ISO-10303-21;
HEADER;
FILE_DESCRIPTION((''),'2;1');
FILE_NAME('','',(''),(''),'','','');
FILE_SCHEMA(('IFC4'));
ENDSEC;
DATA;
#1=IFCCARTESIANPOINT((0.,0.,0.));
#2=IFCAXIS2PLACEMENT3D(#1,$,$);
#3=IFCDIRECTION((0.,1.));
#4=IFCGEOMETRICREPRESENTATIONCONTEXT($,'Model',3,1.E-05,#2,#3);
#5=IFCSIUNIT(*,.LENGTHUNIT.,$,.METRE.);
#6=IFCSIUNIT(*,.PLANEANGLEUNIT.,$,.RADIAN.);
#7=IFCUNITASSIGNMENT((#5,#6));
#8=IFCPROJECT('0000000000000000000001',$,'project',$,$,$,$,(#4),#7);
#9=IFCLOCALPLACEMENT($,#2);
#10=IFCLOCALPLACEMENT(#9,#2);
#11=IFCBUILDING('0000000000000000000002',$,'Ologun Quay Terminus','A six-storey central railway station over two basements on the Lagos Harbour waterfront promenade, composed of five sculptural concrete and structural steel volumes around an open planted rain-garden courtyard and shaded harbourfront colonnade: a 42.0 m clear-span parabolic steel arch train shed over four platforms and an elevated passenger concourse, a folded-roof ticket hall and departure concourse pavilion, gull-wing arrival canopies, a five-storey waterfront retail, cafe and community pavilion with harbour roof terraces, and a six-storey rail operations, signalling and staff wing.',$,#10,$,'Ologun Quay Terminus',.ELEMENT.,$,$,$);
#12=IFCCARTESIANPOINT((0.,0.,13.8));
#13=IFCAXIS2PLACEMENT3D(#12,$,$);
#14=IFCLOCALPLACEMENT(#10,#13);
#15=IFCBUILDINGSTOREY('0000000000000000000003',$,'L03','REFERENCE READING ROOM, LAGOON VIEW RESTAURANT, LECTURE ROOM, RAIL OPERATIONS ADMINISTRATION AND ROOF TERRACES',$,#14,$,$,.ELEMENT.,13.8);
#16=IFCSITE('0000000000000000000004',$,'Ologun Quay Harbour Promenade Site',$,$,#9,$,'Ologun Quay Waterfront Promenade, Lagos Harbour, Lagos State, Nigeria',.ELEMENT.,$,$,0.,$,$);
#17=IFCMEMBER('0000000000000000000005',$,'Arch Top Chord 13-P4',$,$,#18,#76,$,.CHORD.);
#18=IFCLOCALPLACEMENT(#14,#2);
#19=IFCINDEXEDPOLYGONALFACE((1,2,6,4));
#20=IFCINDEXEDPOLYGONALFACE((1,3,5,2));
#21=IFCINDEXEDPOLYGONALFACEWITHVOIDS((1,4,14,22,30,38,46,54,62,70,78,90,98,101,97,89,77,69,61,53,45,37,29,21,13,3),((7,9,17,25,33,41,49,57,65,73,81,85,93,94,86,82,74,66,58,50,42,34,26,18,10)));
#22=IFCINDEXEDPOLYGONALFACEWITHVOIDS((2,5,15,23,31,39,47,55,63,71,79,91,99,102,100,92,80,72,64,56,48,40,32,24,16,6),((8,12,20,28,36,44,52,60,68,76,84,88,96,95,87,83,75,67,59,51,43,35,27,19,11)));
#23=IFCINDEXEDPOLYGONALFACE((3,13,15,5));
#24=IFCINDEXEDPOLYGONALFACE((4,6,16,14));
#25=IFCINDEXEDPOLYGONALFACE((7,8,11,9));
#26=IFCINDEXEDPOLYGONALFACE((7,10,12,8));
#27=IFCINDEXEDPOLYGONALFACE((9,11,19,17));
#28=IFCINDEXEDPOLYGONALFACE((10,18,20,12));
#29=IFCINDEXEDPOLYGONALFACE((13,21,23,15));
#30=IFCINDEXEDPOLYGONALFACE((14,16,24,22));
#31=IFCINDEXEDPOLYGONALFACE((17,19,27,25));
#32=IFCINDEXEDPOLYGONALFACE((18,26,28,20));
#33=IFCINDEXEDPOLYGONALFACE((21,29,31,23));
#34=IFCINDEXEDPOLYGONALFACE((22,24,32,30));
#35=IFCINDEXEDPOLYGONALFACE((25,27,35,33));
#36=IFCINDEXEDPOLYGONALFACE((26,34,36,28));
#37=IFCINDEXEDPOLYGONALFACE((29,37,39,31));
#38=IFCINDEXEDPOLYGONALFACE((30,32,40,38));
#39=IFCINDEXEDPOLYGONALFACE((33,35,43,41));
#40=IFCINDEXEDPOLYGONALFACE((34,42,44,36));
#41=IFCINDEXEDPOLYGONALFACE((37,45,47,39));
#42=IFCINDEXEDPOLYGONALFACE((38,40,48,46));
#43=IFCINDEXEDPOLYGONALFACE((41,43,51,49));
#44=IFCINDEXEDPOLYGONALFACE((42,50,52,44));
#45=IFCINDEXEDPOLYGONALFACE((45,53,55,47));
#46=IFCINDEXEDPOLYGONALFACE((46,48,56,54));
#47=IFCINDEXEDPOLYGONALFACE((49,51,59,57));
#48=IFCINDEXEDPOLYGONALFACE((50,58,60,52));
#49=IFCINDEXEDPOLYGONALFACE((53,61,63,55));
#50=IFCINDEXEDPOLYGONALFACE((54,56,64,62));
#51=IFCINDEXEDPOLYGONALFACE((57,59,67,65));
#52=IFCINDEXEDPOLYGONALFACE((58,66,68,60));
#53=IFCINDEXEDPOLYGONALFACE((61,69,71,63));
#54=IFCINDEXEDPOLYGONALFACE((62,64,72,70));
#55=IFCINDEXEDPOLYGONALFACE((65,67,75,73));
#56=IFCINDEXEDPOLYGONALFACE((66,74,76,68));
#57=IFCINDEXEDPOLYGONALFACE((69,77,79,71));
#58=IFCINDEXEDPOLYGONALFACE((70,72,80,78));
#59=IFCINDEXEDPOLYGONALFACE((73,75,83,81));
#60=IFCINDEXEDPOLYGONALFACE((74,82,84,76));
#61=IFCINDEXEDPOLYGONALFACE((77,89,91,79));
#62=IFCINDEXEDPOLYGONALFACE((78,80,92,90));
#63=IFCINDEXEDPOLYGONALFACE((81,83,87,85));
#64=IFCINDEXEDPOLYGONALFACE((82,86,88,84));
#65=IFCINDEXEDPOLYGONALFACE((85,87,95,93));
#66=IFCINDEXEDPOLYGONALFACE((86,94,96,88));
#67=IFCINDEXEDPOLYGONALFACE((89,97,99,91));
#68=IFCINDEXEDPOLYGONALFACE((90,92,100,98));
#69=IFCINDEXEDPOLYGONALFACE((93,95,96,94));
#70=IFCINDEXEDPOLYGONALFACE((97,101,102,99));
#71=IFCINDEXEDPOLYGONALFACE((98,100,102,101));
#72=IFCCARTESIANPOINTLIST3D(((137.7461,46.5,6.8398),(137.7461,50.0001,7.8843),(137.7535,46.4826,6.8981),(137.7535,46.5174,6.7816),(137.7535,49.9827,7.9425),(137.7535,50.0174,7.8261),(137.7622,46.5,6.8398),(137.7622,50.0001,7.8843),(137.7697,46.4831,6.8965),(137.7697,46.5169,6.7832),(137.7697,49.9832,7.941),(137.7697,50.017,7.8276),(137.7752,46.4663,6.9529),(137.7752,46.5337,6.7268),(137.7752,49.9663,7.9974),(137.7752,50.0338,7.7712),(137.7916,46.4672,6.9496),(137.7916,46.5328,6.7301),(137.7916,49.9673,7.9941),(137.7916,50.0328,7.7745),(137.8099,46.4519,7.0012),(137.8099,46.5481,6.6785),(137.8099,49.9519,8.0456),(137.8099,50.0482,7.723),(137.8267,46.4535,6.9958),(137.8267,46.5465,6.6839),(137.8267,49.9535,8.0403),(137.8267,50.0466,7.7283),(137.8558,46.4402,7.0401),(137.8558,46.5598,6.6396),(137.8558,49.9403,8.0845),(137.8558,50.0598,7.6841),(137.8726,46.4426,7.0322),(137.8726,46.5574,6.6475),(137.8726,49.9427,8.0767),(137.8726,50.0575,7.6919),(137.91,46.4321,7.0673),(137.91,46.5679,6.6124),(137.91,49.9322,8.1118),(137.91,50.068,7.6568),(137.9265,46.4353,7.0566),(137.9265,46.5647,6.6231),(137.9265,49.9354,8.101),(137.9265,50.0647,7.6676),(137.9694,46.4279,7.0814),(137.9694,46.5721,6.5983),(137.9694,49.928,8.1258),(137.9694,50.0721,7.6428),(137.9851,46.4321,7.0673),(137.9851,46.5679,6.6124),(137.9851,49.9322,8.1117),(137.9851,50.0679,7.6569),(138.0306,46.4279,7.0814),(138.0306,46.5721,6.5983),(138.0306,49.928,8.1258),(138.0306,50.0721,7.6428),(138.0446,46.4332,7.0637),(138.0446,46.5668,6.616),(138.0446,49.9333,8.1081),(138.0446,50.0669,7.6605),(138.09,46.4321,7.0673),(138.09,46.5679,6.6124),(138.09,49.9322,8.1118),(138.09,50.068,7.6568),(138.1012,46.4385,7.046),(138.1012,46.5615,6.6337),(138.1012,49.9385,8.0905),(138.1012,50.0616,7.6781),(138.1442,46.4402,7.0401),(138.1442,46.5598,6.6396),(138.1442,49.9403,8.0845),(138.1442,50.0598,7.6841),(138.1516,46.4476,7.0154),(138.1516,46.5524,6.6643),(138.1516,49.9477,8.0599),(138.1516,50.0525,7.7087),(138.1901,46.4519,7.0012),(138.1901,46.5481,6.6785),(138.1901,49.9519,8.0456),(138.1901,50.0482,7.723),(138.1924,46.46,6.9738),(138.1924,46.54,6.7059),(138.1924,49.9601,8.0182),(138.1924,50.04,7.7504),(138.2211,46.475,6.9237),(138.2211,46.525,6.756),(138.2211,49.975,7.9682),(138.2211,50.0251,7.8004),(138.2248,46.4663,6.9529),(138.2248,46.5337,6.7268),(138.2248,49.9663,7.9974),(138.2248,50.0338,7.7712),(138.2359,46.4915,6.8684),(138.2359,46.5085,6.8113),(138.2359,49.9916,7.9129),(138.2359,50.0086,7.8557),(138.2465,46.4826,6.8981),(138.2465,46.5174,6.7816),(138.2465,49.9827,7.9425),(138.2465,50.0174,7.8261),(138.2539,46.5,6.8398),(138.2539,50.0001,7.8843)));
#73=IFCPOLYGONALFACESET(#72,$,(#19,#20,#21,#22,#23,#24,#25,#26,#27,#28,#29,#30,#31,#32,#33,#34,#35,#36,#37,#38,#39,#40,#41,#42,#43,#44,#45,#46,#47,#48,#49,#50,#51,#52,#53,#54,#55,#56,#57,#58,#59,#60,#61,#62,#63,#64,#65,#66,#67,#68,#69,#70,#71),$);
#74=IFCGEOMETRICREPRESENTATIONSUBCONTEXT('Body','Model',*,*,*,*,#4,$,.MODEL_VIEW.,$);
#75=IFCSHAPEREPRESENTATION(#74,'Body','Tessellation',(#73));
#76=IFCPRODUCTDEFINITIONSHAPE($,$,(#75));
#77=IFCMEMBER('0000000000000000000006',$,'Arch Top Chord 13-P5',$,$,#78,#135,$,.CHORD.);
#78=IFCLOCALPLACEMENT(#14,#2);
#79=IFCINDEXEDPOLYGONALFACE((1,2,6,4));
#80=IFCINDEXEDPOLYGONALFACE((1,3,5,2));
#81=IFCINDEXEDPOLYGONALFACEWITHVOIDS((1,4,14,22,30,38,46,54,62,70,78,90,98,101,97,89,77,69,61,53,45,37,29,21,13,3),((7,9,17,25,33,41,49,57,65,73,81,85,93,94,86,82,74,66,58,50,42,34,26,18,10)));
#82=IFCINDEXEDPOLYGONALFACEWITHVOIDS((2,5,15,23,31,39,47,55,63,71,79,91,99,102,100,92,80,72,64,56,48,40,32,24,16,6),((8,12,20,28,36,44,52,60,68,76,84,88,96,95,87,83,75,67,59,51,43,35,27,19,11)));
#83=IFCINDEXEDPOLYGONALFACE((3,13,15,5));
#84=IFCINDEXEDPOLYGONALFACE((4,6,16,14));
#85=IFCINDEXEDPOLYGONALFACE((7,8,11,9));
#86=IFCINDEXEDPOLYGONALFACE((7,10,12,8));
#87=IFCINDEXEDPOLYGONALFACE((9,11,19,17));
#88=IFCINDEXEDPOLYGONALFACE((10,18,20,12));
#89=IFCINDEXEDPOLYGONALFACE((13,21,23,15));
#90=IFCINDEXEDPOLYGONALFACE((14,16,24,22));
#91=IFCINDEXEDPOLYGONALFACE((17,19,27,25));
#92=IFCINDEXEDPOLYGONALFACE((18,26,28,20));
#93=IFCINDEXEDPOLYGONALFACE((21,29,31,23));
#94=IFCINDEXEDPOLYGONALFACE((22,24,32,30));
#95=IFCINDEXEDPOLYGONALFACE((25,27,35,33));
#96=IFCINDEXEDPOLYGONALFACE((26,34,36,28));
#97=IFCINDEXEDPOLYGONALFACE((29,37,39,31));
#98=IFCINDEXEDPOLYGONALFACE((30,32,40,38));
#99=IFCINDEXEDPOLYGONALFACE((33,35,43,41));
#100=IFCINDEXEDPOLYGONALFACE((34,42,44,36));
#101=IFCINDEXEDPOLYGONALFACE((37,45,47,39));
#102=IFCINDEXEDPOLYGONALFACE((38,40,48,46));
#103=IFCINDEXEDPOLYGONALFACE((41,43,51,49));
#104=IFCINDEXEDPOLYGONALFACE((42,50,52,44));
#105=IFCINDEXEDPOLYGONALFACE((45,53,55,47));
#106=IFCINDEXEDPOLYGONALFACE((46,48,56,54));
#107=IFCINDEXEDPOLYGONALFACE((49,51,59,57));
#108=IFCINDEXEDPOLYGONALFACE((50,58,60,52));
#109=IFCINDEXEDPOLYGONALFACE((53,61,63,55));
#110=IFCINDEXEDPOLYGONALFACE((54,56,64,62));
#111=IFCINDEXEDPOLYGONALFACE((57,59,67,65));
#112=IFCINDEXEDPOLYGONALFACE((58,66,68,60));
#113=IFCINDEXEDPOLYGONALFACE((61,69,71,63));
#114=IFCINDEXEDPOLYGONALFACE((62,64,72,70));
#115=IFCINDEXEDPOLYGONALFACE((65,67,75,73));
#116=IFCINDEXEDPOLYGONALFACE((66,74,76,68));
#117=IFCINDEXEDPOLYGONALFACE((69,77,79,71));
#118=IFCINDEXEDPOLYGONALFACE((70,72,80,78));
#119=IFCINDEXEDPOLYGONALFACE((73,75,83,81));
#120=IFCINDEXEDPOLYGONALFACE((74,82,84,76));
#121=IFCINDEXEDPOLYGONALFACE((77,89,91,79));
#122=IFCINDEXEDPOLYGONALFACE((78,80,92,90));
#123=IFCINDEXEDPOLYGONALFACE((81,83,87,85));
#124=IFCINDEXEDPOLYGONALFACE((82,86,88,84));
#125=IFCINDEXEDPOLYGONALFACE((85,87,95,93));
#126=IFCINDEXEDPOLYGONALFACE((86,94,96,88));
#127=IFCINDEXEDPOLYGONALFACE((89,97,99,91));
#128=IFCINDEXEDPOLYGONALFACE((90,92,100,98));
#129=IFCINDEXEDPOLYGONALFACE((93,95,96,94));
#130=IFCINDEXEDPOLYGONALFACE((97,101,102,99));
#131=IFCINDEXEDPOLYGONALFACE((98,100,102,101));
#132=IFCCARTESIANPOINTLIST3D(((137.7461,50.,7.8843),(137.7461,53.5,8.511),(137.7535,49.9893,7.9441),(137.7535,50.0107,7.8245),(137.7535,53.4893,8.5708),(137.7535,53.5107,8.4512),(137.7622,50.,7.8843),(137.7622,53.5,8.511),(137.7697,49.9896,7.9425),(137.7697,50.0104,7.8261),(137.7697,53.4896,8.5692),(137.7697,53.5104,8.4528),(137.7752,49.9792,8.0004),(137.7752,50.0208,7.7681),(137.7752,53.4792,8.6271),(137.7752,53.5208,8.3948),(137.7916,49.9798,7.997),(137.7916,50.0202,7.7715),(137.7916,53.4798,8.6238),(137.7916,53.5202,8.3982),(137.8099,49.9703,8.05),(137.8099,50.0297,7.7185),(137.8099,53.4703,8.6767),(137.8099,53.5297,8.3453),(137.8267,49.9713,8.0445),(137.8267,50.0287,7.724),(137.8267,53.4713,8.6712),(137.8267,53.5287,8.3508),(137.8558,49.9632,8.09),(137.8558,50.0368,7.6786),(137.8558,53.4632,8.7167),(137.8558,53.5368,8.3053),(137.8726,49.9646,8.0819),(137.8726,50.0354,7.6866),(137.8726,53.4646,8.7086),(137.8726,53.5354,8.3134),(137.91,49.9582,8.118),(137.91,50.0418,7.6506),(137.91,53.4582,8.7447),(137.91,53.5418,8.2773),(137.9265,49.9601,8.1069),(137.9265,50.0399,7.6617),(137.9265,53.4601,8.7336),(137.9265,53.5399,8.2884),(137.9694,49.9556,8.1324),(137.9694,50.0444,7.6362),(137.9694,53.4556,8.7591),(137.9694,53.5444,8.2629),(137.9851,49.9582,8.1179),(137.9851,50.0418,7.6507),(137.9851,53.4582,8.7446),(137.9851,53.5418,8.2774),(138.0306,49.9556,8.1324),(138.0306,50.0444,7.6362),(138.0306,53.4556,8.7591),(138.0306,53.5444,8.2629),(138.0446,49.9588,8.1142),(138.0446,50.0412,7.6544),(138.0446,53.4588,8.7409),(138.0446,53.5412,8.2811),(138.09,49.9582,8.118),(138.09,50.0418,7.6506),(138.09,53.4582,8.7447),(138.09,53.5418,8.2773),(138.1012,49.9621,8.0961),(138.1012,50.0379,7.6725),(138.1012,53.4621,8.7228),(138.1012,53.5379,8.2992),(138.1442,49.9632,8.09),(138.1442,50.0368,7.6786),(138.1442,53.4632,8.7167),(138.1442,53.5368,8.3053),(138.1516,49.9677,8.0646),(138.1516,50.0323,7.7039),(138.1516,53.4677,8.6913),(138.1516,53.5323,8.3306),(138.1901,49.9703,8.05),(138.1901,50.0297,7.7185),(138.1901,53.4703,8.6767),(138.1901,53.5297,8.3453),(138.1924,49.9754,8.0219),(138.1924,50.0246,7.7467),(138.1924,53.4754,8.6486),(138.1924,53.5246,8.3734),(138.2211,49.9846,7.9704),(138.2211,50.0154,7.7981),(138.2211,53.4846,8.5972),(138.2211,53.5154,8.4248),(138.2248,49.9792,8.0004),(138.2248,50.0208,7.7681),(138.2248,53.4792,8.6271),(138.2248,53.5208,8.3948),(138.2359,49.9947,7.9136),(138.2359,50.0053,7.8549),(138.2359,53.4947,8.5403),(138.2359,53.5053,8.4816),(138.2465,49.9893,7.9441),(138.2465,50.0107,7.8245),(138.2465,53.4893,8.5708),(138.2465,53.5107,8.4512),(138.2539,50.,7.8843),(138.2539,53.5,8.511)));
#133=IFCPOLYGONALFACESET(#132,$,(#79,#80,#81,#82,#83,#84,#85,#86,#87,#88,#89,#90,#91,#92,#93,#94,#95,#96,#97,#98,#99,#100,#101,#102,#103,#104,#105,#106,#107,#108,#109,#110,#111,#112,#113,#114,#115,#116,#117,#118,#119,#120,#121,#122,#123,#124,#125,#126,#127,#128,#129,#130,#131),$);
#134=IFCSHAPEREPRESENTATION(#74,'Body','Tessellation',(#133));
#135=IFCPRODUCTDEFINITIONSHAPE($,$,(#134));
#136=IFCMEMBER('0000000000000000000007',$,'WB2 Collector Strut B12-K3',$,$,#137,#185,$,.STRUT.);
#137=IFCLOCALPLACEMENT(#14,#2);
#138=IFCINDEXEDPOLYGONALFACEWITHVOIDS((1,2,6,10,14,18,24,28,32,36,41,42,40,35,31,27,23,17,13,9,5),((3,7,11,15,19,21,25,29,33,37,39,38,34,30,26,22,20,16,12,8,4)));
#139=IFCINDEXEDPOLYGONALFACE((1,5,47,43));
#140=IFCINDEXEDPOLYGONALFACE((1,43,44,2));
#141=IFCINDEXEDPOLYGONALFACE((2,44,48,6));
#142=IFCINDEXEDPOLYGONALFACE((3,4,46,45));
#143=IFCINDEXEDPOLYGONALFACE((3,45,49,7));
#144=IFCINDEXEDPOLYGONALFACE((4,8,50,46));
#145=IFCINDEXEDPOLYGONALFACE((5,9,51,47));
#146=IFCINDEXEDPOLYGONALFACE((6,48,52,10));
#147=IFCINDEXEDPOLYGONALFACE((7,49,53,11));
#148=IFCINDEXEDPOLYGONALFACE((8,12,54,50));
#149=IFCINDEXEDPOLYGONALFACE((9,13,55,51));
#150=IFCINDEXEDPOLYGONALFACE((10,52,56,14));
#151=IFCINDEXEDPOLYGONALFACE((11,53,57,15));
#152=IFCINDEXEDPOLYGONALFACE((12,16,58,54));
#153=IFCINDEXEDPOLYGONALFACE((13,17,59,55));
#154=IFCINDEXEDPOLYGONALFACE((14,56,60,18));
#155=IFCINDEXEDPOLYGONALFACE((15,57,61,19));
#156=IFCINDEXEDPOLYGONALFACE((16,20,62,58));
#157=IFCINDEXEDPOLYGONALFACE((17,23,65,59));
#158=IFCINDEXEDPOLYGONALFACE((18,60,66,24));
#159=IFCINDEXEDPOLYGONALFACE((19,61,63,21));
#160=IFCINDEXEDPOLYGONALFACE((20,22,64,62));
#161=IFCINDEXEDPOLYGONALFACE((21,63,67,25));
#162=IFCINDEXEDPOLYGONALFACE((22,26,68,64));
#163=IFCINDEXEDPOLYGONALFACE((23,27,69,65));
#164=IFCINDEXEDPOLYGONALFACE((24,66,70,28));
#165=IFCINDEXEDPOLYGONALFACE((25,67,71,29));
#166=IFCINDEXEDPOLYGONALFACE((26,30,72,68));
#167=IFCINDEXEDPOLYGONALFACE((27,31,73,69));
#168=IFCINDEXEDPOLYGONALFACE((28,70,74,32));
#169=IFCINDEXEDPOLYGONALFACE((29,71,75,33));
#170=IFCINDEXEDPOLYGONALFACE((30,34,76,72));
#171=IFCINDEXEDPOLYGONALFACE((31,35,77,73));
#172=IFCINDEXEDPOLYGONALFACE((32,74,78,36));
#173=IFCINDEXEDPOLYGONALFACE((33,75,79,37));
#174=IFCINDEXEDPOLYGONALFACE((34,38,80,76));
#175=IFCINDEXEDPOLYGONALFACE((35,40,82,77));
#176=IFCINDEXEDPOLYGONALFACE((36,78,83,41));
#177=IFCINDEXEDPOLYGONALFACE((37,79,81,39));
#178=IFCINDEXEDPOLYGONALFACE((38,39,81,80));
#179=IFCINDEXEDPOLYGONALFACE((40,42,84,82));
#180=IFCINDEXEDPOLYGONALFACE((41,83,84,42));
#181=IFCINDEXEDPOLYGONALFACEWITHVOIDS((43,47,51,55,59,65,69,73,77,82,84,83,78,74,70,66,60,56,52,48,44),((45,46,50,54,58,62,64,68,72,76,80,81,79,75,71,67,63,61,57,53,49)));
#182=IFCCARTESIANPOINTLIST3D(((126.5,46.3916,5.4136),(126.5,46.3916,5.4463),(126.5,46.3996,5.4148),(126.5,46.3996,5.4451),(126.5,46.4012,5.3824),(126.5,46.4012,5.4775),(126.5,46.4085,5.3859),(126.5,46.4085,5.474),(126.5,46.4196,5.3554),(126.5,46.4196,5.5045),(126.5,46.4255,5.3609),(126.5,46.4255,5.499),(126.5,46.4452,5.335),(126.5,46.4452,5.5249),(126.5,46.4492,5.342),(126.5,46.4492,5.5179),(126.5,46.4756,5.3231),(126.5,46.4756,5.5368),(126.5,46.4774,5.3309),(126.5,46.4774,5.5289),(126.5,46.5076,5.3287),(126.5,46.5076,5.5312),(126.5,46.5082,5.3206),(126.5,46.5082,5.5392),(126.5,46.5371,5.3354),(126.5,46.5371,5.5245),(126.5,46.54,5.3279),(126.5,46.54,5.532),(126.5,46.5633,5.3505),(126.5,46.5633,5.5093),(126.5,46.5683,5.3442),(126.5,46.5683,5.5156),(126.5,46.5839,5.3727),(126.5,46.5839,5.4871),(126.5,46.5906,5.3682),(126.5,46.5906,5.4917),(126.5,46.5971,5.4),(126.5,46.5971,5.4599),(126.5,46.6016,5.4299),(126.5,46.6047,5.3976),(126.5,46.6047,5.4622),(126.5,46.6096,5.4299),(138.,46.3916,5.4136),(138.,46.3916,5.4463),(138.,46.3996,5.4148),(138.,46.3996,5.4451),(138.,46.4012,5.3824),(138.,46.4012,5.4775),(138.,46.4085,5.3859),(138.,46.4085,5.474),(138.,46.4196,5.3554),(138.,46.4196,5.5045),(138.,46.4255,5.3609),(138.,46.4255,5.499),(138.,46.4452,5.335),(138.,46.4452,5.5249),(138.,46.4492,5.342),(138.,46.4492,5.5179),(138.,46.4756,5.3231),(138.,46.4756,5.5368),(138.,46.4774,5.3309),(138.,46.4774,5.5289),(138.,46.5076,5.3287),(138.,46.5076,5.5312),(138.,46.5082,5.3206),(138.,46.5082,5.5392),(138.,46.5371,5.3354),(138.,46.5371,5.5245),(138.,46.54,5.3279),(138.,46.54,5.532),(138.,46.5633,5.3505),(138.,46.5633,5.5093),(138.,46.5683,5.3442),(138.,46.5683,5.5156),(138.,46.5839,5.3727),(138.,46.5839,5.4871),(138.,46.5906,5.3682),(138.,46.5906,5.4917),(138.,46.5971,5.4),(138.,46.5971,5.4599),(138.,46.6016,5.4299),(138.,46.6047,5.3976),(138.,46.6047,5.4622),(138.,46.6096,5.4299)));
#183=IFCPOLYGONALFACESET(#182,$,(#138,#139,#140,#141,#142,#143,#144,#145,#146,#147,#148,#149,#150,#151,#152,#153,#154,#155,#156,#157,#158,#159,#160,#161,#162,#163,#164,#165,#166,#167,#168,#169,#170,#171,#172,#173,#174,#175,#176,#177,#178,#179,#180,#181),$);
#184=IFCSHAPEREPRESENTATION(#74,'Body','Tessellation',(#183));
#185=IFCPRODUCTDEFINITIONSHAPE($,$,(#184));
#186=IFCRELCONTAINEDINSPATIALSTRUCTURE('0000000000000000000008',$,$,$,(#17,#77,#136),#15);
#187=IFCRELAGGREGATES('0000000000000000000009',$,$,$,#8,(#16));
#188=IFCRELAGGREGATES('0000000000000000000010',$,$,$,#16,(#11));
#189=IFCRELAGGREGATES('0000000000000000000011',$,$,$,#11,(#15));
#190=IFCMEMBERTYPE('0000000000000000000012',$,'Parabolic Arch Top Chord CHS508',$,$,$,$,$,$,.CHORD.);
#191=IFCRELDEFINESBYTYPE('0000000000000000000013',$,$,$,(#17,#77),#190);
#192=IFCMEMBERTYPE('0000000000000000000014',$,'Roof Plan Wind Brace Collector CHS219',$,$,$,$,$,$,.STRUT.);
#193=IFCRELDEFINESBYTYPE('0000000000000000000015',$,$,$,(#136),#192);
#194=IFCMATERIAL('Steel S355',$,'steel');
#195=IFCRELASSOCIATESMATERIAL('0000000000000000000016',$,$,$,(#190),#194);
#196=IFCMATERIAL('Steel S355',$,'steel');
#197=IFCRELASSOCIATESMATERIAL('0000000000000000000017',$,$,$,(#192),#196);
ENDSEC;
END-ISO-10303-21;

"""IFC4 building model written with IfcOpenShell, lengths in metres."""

from ifc_helpers import new_model, si_unit, direction, frame, origin, origin_2d, place, context, subcontext, project, spatial, hollow_circle, extrude, material, material_profile, profile_set, type_object, element, save


model = new_model("IFC4")

# Units and contexts
model_context = context("Model", 3, precision=1e-05, world=origin(), true_north=direction((0.0, 1.0)))
body_context = subcontext(model_context, "Body", "Model", "MODEL_VIEW")
ifc_project = project(units=[si_unit("LENGTHUNIT", "METRE"), si_unit("PLANEANGLEUNIT", "RADIAN")], contexts=[model_context])

# Site, building, storey
site_placement = place(None, origin())
site = spatial("IfcSite", under=ifc_project, at=site_placement, Name="Ologun Quay Harbour Promenade Site", LongName="Ologun Quay Waterfront Promenade, Lagos Harbour, Lagos State, Nigeria", CompositionType="ELEMENT", RefElevation=0.0)
building_placement = place(site_placement, origin())
building = spatial("IfcBuilding", under=site, at=building_placement, Name="Ologun Quay Terminus", Description="A six-storey central railway station over two basements on the Lagos Harbour waterfront promenade, composed of five sculptural concrete and structural steel volumes around an open planted rain-garden courtyard and shaded harbourfront colonnade: a 42.0 m clear-span parabolic steel arch train shed over four platforms and an elevated passenger concourse, a folded-roof ticket hall and departure concourse pavilion, gull-wing arrival canopies, a five-storey waterfront retail, cafe and community pavilion with harbour roof terraces, and a six-storey rail operations, signalling and staff wing.", LongName="Ologun Quay Terminus", CompositionType="ELEMENT")
storey_placement = place(building_placement, frame((0.0, 0.0, 13.8)))
storey = spatial("IfcBuildingStorey", under=building, at=storey_placement, Name="L03", Description="REFERENCE READING ROOM, LAGOON VIEW RESTAURANT, LECTURE ROOM, RAIL OPERATIONS ADMINISTRATION AND ROOF TERRACES", CompositionType="ELEMENT", Elevation=13.8)

# Members
ifc_material_1 = material(Name="Steel S355", Category="steel")
ifc_material_profile_1 = material_profile(ifc_material_1, hollow_circle(Radius=0.2539, WallThickness=0.0161, at=origin_2d()), Name="CHS 508x16")
ifc_profile_set_1 = profile_set([ifc_material_profile_1], Name="Steel S355")
member_type_1 = type_object("IfcMemberType", Name="Parabolic Arch Top Chord CHS508", PredefinedType="CHORD", material=ifc_profile_set_1)
member_1_placement = place(storey_placement, frame((138.0, 46.5, 6.8398), z_axis=(0.0, 0.958245, 0.285949), x_axis=(-1.0, 0.0, 0.0)))
element("IfcMember", 1, at=member_1_placement, inside=storey, type_object=member_type_1, Name="Arch Top Chord 13-P4", PredefinedType="CHORD", context=body_context, shape_type="SweptSolid", body=[
    extrude(hollow_circle(Radius=0.2539, WallThickness=0.0161, at=origin_2d()), origin(), (0.0, 0.0, 1.0), 3.6526),
])
member_2_placement = place(storey_placement, frame((138.0, 50.0, 7.8843), z_axis=(0.0, 0.984344, 0.176256), x_axis=(-1.0, 0.0, 0.0)))
element("IfcMember", 2, at=member_2_placement, inside=storey, type_object=member_type_1, Name="Arch Top Chord 13-P5", PredefinedType="CHORD", context=body_context, shape_type="SweptSolid", body=[
    extrude(hollow_circle(Radius=0.2539, WallThickness=0.0161, at=origin_2d()), origin(), (0.0, 0.0, 1.0), 3.5557),
])
ifc_material_2 = material(Name="Steel S355", Category="steel")
ifc_material_profile_2 = material_profile(ifc_material_2, hollow_circle(Radius=0.1096, WallThickness=0.0081, at=origin_2d()), Name="CHS 219.1x8")
ifc_profile_set_2 = profile_set([ifc_material_profile_2], Name="Steel S355")
member_type_2 = type_object("IfcMemberType", Name="Roof Plan Wind Brace Collector CHS219", PredefinedType="STRUT", material=ifc_profile_set_2)
for number, where, z_axis, x_axis, name in (
    (3, (126.5, 46.5, 5.4299), (1.0, 0.0, 0.0), (0.0, 1.0, 0.0), "WB2 Collector Strut B12-K3"),
):
    element("IfcMember", number, at=place(storey_placement, frame(where, z_axis=z_axis, x_axis=x_axis)), inside=storey, type_object=member_type_2, Name=name, PredefinedType="STRUT", context=body_context, shape_type="SweptSolid", body=[
        extrude(hollow_circle(Radius=0.1096, WallThickness=0.0081, at=origin_2d()), origin(), (0.0, 0.0, 1.0), 11.5),
    ])

save(model, "model.ifc")
